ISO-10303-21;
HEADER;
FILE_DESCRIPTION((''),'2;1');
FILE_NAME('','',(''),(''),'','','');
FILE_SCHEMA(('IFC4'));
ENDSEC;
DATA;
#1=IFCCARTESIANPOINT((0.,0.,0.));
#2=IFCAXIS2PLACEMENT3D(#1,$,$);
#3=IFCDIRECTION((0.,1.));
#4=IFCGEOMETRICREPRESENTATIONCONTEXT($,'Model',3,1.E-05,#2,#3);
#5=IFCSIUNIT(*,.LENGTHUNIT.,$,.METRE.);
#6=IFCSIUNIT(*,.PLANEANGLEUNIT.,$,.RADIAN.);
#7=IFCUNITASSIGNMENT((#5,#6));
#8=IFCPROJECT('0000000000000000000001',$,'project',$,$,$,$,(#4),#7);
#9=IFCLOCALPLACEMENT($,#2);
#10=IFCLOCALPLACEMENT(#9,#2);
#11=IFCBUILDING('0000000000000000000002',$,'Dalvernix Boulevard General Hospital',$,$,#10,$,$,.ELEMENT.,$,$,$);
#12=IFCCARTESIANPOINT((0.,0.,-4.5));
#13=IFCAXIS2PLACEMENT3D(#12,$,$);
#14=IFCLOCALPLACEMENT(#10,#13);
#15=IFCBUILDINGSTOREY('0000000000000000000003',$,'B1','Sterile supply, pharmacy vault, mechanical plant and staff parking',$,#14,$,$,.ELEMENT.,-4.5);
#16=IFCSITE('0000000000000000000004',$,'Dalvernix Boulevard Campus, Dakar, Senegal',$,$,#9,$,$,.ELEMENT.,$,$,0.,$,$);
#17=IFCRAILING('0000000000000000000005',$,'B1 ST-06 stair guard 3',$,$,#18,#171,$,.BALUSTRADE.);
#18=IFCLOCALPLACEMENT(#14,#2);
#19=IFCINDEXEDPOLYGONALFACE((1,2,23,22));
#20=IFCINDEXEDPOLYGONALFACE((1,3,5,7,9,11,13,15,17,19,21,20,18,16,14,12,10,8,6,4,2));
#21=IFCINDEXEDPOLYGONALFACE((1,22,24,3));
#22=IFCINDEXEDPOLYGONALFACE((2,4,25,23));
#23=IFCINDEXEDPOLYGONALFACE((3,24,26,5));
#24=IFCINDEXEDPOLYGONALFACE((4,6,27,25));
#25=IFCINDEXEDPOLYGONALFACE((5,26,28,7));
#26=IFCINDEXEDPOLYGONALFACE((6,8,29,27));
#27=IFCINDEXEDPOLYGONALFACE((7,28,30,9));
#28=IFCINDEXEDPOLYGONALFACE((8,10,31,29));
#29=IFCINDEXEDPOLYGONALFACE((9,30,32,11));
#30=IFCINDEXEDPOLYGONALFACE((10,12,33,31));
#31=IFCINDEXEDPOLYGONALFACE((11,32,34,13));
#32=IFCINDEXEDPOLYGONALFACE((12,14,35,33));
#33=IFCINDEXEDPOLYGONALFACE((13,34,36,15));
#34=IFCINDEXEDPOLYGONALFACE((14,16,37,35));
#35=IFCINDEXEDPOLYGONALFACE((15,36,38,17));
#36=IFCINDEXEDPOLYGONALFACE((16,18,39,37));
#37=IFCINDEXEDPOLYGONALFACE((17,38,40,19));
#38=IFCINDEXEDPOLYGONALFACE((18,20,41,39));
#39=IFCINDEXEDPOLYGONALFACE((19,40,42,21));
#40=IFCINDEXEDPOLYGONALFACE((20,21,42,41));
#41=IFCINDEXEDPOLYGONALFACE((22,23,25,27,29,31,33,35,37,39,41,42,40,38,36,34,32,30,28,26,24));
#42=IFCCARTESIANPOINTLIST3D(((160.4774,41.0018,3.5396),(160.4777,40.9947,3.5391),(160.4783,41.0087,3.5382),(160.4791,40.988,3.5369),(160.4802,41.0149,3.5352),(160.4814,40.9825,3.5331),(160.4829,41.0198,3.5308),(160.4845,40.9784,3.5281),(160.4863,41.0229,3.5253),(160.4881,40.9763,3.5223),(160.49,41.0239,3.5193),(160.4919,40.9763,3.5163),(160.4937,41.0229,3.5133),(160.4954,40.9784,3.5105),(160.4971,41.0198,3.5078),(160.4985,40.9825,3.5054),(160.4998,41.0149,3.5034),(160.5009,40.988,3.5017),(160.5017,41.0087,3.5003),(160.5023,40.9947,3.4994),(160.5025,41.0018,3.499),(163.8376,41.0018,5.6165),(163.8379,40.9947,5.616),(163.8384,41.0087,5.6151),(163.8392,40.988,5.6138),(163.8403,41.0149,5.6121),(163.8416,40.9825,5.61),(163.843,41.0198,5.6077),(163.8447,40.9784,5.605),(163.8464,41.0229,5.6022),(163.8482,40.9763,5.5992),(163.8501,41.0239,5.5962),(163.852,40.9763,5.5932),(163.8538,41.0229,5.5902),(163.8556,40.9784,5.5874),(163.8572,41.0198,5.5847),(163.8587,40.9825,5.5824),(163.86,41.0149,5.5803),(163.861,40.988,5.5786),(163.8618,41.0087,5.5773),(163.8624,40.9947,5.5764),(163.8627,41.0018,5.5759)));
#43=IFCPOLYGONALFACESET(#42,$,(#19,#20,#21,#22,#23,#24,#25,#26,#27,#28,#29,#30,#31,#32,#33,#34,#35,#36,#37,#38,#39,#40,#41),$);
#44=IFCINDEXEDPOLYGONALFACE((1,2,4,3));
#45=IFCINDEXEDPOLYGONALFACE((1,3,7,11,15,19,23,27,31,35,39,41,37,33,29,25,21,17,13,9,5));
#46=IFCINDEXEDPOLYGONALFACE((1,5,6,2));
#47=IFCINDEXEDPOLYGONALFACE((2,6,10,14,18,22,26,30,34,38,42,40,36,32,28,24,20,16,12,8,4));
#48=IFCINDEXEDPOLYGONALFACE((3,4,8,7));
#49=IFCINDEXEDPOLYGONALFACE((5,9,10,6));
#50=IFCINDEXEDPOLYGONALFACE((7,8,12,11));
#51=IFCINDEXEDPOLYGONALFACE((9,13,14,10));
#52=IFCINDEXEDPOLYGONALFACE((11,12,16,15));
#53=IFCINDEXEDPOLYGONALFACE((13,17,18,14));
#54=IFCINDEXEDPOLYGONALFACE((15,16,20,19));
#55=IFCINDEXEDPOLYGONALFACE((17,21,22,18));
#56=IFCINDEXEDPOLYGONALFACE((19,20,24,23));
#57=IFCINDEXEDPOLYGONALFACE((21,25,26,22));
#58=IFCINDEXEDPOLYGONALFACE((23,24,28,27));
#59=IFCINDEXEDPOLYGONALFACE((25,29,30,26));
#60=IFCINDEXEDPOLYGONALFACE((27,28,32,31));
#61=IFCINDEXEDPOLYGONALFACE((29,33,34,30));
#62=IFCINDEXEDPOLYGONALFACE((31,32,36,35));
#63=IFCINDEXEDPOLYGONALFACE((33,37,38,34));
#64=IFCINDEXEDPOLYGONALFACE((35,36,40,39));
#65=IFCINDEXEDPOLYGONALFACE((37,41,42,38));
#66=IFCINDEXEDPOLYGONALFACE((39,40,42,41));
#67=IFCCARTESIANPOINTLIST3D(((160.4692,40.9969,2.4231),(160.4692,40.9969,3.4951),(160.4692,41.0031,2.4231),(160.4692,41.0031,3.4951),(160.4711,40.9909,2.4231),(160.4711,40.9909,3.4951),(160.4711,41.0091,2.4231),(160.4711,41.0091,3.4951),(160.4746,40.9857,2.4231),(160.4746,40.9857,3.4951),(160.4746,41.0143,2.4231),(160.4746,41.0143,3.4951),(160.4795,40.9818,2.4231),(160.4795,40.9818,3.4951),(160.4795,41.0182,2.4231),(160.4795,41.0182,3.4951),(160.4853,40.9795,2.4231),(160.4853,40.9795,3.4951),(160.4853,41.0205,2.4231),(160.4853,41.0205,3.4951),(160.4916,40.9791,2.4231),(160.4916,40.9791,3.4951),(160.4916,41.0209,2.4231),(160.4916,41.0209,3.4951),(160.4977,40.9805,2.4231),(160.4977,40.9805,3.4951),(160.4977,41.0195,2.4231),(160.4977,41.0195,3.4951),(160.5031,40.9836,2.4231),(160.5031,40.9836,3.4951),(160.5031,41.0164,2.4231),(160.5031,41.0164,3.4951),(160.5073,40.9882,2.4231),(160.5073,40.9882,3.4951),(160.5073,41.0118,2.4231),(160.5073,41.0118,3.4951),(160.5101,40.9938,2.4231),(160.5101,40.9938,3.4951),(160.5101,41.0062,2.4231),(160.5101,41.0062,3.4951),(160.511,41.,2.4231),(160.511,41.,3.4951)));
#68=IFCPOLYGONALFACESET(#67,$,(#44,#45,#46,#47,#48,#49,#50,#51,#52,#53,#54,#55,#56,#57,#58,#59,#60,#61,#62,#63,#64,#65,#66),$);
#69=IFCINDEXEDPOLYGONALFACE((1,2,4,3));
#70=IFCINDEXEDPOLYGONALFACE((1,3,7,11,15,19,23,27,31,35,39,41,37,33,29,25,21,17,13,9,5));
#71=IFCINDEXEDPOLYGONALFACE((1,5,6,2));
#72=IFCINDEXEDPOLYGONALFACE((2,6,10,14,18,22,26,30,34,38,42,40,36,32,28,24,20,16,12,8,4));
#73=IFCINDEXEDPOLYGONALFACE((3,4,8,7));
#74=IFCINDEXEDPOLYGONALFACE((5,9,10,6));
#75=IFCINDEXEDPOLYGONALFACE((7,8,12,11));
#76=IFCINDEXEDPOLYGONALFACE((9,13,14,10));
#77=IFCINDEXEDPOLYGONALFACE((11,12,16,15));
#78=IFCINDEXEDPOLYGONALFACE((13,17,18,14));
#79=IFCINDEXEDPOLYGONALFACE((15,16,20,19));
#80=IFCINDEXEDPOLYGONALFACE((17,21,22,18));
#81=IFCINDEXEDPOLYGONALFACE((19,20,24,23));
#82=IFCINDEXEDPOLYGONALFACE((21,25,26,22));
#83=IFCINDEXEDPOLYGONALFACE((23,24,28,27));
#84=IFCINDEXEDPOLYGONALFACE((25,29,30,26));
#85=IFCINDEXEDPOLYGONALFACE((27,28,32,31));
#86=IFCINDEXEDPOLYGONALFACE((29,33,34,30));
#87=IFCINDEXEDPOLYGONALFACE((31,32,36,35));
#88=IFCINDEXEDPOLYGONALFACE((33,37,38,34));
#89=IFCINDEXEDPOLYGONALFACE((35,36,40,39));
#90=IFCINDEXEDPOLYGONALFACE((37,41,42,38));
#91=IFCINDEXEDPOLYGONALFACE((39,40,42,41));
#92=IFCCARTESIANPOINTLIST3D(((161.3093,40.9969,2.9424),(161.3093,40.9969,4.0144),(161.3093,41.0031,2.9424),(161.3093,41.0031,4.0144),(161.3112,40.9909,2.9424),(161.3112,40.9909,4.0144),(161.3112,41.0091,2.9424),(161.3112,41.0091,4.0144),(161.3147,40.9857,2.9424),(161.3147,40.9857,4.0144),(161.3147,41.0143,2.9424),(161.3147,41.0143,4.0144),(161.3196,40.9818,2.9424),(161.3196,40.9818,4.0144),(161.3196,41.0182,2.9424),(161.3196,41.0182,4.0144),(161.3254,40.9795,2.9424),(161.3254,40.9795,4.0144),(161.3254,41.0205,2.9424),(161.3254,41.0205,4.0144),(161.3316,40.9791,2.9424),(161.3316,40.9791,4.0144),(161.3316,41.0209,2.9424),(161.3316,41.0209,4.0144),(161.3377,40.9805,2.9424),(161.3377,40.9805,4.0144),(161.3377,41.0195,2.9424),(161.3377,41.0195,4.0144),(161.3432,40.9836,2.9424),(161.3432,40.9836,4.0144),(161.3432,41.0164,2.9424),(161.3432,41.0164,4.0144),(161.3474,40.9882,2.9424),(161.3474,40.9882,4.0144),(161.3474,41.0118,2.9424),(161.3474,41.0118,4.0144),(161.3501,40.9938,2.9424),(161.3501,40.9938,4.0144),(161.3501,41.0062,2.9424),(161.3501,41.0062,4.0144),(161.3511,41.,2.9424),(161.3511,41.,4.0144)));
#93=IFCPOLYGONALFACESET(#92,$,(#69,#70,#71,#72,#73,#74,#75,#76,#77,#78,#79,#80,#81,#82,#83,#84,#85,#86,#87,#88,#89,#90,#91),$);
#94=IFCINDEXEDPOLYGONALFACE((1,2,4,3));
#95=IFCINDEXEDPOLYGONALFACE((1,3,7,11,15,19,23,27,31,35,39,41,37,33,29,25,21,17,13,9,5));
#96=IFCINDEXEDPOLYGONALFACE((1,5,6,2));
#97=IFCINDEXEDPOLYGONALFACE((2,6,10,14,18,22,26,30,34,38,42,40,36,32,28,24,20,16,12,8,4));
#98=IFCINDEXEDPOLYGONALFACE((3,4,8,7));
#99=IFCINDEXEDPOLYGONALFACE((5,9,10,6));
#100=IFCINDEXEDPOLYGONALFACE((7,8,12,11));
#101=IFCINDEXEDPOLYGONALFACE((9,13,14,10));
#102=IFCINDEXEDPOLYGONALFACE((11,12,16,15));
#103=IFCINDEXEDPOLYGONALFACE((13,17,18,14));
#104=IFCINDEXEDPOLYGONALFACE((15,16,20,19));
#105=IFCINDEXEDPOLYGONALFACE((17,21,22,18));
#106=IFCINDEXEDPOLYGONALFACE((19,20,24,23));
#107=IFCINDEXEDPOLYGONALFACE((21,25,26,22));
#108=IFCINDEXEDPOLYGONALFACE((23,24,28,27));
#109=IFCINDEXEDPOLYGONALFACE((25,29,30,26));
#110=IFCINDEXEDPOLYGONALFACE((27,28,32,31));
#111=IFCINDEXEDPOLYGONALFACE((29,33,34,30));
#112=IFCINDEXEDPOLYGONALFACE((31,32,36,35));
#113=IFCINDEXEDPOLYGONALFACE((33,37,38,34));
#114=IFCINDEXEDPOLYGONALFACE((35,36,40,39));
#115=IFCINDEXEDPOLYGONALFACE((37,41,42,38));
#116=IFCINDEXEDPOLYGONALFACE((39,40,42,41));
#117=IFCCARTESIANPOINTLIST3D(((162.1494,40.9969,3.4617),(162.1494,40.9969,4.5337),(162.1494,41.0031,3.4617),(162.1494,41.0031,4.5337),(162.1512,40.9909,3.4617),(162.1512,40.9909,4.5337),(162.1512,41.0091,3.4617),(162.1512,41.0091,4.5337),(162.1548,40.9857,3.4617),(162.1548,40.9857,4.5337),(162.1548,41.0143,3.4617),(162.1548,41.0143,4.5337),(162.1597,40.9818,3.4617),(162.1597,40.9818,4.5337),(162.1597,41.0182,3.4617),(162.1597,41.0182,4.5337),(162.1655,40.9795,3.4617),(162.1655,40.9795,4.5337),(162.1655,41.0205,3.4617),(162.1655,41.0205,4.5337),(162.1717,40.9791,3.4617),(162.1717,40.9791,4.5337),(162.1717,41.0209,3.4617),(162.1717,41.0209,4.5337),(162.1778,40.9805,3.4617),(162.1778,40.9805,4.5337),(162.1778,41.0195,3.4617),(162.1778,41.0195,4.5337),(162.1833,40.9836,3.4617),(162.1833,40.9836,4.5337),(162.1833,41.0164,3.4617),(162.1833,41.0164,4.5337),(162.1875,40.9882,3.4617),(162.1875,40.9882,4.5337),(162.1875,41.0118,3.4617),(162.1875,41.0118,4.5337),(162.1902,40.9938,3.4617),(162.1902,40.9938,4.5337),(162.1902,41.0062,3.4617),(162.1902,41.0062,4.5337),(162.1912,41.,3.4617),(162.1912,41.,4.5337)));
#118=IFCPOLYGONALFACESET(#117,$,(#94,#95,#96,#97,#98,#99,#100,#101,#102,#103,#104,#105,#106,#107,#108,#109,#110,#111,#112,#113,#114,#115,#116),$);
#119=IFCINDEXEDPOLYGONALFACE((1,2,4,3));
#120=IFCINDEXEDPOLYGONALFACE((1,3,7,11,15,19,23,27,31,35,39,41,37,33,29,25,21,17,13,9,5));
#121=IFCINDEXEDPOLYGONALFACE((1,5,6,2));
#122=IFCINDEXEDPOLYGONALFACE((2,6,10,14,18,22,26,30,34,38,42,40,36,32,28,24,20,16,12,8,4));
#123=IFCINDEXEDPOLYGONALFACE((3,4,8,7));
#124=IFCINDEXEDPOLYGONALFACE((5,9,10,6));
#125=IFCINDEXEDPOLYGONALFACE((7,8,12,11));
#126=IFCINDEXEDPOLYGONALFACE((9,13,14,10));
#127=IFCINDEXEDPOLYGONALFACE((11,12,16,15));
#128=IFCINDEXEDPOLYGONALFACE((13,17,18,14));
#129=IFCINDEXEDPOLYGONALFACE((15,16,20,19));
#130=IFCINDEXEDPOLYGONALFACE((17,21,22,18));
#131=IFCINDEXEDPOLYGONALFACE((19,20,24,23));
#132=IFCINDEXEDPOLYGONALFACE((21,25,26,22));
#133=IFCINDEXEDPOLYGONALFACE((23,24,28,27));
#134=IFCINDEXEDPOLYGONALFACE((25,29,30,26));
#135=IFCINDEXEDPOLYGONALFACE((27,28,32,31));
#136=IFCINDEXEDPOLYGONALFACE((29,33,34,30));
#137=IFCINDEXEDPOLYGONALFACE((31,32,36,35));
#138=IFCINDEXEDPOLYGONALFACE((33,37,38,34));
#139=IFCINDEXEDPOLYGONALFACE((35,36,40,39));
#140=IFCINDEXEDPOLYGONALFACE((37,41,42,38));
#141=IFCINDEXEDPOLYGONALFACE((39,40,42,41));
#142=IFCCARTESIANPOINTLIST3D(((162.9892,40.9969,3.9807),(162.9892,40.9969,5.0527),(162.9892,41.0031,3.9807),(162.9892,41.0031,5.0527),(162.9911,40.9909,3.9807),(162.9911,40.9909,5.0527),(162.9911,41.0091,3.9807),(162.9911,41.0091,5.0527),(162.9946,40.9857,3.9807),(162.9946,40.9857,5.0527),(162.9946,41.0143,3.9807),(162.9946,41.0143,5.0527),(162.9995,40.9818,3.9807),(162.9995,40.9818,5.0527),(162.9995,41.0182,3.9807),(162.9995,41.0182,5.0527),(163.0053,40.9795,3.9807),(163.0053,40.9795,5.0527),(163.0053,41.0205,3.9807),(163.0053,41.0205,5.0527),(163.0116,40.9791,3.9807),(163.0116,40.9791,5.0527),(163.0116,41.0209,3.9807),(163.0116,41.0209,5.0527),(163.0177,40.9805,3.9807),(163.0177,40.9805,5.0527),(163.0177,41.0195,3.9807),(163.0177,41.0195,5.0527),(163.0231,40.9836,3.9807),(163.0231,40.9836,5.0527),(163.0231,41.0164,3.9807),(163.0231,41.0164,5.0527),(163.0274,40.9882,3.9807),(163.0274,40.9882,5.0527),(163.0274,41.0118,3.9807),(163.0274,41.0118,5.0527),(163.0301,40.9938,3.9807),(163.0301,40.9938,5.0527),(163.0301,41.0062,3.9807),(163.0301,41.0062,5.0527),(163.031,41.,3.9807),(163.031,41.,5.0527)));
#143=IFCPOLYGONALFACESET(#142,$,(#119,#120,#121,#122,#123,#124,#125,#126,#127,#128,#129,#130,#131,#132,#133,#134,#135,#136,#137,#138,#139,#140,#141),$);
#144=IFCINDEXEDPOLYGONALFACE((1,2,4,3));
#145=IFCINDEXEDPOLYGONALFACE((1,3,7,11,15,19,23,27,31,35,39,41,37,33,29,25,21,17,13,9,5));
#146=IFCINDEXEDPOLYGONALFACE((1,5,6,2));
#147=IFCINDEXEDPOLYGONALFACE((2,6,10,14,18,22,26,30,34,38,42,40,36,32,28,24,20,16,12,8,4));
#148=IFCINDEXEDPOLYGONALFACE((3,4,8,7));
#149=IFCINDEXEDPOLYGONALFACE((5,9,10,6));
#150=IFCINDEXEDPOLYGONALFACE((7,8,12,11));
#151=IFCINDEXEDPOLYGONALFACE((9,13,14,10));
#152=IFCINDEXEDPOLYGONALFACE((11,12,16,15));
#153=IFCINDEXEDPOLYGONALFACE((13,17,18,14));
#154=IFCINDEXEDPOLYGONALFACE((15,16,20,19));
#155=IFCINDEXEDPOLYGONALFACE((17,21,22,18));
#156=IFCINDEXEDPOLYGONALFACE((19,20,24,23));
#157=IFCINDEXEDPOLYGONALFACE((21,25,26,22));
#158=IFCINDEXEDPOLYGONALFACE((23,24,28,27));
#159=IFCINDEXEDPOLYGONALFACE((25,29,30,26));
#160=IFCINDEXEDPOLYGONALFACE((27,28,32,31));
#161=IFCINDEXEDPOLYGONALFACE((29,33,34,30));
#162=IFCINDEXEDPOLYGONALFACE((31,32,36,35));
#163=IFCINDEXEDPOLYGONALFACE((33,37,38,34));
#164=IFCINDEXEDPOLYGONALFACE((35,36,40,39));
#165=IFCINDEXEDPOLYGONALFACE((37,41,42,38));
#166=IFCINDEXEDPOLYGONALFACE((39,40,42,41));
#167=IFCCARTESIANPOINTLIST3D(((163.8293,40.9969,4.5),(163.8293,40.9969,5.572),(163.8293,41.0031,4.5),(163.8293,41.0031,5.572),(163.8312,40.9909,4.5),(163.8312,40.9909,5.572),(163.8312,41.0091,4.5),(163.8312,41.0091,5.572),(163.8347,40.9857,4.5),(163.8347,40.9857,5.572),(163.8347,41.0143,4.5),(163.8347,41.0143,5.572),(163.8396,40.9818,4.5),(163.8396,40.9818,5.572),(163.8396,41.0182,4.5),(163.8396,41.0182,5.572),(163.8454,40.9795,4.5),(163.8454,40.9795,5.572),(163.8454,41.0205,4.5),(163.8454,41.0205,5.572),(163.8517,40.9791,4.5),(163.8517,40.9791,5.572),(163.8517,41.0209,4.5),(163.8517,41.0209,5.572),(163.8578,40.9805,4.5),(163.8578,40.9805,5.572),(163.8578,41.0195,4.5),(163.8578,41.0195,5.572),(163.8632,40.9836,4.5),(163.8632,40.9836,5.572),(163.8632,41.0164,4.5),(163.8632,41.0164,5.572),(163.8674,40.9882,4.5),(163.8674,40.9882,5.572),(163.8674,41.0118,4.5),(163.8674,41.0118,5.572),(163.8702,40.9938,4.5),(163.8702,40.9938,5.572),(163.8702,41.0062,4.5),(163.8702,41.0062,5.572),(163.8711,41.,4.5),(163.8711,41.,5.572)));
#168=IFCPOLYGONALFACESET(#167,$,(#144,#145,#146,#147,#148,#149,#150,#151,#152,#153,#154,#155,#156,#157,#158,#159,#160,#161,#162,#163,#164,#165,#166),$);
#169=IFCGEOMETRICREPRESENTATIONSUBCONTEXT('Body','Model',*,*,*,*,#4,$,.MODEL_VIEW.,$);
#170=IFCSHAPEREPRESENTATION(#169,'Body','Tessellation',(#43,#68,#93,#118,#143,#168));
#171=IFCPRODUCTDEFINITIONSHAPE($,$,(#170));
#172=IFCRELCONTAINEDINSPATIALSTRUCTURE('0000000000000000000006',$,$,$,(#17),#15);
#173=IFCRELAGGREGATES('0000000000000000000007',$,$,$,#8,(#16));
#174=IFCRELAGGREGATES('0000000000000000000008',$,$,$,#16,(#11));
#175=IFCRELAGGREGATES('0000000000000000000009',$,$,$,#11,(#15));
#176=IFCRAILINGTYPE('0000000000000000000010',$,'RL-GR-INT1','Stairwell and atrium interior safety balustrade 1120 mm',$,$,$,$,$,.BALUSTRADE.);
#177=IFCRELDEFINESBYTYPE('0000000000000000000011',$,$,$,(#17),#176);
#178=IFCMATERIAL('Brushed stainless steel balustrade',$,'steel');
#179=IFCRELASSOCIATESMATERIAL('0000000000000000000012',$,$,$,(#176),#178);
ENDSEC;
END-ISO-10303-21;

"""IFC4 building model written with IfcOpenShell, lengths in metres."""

from ifc_helpers import new_model, si_unit, direction, frame, origin, origin_2d, place, context, subcontext, project, spatial, circle, extrude, material, type_object, element, save


model = new_model("IFC4")

# Units and contexts
model_context = context("Model", 3, precision=1e-05, world=origin(), true_north=direction((0.0, 1.0)))
body_context = subcontext(model_context, "Body", "Model", "MODEL_VIEW")
ifc_project = project(units=[si_unit("LENGTHUNIT", "METRE"), si_unit("PLANEANGLEUNIT", "RADIAN")], contexts=[model_context])

# Site, building, storey
site_placement = place(None, origin())
site = spatial("IfcSite", under=ifc_project, at=site_placement, Name="Dalvernix Boulevard Campus, Dakar, Senegal", CompositionType="ELEMENT", RefElevation=0.0)
building_placement = place(site_placement, origin())
building = spatial("IfcBuilding", under=site, at=building_placement, Name="Dalvernix Boulevard General Hospital", CompositionType="ELEMENT")
storey_placement = place(building_placement, frame((0.0, 0.0, -4.5)))
storey = spatial("IfcBuildingStorey", under=building, at=storey_placement, Name="B1", Description="Sterile supply, pharmacy vault, mechanical plant and staff parking", CompositionType="ELEMENT", Elevation=-4.5)

# Railing
ifc_material_1 = material(Name="Brushed stainless steel balustrade", Category="steel")
railing_type_1 = type_object("IfcRailingType", Name="RL-GR-INT1", Description="Stairwell and atrium interior safety balustrade 1120 mm", PredefinedType="BALUSTRADE", material=ifc_material_1)
railing_1_placement = place(storey_placement, frame((160.49, 41.0, 2.4231)))
element("IfcRailing", 1, at=railing_1_placement, inside=storey, type_object=railing_type_1, Name="B1 ST-06 stair guard 3", PredefinedType="BALUSTRADE", context=body_context, shape_type="SweptSolid", body=[
    extrude(circle(Radius=0.0239, at=origin_2d()), frame((0.0, 0.0, 1.0962), z_axis=(0.850623, 0.0, 0.525776), x_axis=(0.0, 1.0, 0.0)), (0.0, 0.0, 1.0), 3.9502),
    extrude(circle(Radius=0.021, at=origin_2d()), origin(), (0.0, 0.0, 1.0), 1.072),
    extrude(circle(Radius=0.021, at=origin_2d()), frame((0.8401, 0.0, 0.5193)), (0.0, 0.0, 1.0), 1.072),
    extrude(circle(Radius=0.021, at=origin_2d()), frame((1.6802, 0.0, 1.0386)), (0.0, 0.0, 1.0), 1.072),
    extrude(circle(Radius=0.021, at=origin_2d()), frame((2.52, 0.0, 1.5576)), (0.0, 0.0, 1.0), 1.072),
    extrude(circle(Radius=0.021, at=origin_2d()), frame((3.3601, 0.0, 2.0769)), (0.0, 0.0, 1.0), 1.072),
])

save(model, "model.ifc")
